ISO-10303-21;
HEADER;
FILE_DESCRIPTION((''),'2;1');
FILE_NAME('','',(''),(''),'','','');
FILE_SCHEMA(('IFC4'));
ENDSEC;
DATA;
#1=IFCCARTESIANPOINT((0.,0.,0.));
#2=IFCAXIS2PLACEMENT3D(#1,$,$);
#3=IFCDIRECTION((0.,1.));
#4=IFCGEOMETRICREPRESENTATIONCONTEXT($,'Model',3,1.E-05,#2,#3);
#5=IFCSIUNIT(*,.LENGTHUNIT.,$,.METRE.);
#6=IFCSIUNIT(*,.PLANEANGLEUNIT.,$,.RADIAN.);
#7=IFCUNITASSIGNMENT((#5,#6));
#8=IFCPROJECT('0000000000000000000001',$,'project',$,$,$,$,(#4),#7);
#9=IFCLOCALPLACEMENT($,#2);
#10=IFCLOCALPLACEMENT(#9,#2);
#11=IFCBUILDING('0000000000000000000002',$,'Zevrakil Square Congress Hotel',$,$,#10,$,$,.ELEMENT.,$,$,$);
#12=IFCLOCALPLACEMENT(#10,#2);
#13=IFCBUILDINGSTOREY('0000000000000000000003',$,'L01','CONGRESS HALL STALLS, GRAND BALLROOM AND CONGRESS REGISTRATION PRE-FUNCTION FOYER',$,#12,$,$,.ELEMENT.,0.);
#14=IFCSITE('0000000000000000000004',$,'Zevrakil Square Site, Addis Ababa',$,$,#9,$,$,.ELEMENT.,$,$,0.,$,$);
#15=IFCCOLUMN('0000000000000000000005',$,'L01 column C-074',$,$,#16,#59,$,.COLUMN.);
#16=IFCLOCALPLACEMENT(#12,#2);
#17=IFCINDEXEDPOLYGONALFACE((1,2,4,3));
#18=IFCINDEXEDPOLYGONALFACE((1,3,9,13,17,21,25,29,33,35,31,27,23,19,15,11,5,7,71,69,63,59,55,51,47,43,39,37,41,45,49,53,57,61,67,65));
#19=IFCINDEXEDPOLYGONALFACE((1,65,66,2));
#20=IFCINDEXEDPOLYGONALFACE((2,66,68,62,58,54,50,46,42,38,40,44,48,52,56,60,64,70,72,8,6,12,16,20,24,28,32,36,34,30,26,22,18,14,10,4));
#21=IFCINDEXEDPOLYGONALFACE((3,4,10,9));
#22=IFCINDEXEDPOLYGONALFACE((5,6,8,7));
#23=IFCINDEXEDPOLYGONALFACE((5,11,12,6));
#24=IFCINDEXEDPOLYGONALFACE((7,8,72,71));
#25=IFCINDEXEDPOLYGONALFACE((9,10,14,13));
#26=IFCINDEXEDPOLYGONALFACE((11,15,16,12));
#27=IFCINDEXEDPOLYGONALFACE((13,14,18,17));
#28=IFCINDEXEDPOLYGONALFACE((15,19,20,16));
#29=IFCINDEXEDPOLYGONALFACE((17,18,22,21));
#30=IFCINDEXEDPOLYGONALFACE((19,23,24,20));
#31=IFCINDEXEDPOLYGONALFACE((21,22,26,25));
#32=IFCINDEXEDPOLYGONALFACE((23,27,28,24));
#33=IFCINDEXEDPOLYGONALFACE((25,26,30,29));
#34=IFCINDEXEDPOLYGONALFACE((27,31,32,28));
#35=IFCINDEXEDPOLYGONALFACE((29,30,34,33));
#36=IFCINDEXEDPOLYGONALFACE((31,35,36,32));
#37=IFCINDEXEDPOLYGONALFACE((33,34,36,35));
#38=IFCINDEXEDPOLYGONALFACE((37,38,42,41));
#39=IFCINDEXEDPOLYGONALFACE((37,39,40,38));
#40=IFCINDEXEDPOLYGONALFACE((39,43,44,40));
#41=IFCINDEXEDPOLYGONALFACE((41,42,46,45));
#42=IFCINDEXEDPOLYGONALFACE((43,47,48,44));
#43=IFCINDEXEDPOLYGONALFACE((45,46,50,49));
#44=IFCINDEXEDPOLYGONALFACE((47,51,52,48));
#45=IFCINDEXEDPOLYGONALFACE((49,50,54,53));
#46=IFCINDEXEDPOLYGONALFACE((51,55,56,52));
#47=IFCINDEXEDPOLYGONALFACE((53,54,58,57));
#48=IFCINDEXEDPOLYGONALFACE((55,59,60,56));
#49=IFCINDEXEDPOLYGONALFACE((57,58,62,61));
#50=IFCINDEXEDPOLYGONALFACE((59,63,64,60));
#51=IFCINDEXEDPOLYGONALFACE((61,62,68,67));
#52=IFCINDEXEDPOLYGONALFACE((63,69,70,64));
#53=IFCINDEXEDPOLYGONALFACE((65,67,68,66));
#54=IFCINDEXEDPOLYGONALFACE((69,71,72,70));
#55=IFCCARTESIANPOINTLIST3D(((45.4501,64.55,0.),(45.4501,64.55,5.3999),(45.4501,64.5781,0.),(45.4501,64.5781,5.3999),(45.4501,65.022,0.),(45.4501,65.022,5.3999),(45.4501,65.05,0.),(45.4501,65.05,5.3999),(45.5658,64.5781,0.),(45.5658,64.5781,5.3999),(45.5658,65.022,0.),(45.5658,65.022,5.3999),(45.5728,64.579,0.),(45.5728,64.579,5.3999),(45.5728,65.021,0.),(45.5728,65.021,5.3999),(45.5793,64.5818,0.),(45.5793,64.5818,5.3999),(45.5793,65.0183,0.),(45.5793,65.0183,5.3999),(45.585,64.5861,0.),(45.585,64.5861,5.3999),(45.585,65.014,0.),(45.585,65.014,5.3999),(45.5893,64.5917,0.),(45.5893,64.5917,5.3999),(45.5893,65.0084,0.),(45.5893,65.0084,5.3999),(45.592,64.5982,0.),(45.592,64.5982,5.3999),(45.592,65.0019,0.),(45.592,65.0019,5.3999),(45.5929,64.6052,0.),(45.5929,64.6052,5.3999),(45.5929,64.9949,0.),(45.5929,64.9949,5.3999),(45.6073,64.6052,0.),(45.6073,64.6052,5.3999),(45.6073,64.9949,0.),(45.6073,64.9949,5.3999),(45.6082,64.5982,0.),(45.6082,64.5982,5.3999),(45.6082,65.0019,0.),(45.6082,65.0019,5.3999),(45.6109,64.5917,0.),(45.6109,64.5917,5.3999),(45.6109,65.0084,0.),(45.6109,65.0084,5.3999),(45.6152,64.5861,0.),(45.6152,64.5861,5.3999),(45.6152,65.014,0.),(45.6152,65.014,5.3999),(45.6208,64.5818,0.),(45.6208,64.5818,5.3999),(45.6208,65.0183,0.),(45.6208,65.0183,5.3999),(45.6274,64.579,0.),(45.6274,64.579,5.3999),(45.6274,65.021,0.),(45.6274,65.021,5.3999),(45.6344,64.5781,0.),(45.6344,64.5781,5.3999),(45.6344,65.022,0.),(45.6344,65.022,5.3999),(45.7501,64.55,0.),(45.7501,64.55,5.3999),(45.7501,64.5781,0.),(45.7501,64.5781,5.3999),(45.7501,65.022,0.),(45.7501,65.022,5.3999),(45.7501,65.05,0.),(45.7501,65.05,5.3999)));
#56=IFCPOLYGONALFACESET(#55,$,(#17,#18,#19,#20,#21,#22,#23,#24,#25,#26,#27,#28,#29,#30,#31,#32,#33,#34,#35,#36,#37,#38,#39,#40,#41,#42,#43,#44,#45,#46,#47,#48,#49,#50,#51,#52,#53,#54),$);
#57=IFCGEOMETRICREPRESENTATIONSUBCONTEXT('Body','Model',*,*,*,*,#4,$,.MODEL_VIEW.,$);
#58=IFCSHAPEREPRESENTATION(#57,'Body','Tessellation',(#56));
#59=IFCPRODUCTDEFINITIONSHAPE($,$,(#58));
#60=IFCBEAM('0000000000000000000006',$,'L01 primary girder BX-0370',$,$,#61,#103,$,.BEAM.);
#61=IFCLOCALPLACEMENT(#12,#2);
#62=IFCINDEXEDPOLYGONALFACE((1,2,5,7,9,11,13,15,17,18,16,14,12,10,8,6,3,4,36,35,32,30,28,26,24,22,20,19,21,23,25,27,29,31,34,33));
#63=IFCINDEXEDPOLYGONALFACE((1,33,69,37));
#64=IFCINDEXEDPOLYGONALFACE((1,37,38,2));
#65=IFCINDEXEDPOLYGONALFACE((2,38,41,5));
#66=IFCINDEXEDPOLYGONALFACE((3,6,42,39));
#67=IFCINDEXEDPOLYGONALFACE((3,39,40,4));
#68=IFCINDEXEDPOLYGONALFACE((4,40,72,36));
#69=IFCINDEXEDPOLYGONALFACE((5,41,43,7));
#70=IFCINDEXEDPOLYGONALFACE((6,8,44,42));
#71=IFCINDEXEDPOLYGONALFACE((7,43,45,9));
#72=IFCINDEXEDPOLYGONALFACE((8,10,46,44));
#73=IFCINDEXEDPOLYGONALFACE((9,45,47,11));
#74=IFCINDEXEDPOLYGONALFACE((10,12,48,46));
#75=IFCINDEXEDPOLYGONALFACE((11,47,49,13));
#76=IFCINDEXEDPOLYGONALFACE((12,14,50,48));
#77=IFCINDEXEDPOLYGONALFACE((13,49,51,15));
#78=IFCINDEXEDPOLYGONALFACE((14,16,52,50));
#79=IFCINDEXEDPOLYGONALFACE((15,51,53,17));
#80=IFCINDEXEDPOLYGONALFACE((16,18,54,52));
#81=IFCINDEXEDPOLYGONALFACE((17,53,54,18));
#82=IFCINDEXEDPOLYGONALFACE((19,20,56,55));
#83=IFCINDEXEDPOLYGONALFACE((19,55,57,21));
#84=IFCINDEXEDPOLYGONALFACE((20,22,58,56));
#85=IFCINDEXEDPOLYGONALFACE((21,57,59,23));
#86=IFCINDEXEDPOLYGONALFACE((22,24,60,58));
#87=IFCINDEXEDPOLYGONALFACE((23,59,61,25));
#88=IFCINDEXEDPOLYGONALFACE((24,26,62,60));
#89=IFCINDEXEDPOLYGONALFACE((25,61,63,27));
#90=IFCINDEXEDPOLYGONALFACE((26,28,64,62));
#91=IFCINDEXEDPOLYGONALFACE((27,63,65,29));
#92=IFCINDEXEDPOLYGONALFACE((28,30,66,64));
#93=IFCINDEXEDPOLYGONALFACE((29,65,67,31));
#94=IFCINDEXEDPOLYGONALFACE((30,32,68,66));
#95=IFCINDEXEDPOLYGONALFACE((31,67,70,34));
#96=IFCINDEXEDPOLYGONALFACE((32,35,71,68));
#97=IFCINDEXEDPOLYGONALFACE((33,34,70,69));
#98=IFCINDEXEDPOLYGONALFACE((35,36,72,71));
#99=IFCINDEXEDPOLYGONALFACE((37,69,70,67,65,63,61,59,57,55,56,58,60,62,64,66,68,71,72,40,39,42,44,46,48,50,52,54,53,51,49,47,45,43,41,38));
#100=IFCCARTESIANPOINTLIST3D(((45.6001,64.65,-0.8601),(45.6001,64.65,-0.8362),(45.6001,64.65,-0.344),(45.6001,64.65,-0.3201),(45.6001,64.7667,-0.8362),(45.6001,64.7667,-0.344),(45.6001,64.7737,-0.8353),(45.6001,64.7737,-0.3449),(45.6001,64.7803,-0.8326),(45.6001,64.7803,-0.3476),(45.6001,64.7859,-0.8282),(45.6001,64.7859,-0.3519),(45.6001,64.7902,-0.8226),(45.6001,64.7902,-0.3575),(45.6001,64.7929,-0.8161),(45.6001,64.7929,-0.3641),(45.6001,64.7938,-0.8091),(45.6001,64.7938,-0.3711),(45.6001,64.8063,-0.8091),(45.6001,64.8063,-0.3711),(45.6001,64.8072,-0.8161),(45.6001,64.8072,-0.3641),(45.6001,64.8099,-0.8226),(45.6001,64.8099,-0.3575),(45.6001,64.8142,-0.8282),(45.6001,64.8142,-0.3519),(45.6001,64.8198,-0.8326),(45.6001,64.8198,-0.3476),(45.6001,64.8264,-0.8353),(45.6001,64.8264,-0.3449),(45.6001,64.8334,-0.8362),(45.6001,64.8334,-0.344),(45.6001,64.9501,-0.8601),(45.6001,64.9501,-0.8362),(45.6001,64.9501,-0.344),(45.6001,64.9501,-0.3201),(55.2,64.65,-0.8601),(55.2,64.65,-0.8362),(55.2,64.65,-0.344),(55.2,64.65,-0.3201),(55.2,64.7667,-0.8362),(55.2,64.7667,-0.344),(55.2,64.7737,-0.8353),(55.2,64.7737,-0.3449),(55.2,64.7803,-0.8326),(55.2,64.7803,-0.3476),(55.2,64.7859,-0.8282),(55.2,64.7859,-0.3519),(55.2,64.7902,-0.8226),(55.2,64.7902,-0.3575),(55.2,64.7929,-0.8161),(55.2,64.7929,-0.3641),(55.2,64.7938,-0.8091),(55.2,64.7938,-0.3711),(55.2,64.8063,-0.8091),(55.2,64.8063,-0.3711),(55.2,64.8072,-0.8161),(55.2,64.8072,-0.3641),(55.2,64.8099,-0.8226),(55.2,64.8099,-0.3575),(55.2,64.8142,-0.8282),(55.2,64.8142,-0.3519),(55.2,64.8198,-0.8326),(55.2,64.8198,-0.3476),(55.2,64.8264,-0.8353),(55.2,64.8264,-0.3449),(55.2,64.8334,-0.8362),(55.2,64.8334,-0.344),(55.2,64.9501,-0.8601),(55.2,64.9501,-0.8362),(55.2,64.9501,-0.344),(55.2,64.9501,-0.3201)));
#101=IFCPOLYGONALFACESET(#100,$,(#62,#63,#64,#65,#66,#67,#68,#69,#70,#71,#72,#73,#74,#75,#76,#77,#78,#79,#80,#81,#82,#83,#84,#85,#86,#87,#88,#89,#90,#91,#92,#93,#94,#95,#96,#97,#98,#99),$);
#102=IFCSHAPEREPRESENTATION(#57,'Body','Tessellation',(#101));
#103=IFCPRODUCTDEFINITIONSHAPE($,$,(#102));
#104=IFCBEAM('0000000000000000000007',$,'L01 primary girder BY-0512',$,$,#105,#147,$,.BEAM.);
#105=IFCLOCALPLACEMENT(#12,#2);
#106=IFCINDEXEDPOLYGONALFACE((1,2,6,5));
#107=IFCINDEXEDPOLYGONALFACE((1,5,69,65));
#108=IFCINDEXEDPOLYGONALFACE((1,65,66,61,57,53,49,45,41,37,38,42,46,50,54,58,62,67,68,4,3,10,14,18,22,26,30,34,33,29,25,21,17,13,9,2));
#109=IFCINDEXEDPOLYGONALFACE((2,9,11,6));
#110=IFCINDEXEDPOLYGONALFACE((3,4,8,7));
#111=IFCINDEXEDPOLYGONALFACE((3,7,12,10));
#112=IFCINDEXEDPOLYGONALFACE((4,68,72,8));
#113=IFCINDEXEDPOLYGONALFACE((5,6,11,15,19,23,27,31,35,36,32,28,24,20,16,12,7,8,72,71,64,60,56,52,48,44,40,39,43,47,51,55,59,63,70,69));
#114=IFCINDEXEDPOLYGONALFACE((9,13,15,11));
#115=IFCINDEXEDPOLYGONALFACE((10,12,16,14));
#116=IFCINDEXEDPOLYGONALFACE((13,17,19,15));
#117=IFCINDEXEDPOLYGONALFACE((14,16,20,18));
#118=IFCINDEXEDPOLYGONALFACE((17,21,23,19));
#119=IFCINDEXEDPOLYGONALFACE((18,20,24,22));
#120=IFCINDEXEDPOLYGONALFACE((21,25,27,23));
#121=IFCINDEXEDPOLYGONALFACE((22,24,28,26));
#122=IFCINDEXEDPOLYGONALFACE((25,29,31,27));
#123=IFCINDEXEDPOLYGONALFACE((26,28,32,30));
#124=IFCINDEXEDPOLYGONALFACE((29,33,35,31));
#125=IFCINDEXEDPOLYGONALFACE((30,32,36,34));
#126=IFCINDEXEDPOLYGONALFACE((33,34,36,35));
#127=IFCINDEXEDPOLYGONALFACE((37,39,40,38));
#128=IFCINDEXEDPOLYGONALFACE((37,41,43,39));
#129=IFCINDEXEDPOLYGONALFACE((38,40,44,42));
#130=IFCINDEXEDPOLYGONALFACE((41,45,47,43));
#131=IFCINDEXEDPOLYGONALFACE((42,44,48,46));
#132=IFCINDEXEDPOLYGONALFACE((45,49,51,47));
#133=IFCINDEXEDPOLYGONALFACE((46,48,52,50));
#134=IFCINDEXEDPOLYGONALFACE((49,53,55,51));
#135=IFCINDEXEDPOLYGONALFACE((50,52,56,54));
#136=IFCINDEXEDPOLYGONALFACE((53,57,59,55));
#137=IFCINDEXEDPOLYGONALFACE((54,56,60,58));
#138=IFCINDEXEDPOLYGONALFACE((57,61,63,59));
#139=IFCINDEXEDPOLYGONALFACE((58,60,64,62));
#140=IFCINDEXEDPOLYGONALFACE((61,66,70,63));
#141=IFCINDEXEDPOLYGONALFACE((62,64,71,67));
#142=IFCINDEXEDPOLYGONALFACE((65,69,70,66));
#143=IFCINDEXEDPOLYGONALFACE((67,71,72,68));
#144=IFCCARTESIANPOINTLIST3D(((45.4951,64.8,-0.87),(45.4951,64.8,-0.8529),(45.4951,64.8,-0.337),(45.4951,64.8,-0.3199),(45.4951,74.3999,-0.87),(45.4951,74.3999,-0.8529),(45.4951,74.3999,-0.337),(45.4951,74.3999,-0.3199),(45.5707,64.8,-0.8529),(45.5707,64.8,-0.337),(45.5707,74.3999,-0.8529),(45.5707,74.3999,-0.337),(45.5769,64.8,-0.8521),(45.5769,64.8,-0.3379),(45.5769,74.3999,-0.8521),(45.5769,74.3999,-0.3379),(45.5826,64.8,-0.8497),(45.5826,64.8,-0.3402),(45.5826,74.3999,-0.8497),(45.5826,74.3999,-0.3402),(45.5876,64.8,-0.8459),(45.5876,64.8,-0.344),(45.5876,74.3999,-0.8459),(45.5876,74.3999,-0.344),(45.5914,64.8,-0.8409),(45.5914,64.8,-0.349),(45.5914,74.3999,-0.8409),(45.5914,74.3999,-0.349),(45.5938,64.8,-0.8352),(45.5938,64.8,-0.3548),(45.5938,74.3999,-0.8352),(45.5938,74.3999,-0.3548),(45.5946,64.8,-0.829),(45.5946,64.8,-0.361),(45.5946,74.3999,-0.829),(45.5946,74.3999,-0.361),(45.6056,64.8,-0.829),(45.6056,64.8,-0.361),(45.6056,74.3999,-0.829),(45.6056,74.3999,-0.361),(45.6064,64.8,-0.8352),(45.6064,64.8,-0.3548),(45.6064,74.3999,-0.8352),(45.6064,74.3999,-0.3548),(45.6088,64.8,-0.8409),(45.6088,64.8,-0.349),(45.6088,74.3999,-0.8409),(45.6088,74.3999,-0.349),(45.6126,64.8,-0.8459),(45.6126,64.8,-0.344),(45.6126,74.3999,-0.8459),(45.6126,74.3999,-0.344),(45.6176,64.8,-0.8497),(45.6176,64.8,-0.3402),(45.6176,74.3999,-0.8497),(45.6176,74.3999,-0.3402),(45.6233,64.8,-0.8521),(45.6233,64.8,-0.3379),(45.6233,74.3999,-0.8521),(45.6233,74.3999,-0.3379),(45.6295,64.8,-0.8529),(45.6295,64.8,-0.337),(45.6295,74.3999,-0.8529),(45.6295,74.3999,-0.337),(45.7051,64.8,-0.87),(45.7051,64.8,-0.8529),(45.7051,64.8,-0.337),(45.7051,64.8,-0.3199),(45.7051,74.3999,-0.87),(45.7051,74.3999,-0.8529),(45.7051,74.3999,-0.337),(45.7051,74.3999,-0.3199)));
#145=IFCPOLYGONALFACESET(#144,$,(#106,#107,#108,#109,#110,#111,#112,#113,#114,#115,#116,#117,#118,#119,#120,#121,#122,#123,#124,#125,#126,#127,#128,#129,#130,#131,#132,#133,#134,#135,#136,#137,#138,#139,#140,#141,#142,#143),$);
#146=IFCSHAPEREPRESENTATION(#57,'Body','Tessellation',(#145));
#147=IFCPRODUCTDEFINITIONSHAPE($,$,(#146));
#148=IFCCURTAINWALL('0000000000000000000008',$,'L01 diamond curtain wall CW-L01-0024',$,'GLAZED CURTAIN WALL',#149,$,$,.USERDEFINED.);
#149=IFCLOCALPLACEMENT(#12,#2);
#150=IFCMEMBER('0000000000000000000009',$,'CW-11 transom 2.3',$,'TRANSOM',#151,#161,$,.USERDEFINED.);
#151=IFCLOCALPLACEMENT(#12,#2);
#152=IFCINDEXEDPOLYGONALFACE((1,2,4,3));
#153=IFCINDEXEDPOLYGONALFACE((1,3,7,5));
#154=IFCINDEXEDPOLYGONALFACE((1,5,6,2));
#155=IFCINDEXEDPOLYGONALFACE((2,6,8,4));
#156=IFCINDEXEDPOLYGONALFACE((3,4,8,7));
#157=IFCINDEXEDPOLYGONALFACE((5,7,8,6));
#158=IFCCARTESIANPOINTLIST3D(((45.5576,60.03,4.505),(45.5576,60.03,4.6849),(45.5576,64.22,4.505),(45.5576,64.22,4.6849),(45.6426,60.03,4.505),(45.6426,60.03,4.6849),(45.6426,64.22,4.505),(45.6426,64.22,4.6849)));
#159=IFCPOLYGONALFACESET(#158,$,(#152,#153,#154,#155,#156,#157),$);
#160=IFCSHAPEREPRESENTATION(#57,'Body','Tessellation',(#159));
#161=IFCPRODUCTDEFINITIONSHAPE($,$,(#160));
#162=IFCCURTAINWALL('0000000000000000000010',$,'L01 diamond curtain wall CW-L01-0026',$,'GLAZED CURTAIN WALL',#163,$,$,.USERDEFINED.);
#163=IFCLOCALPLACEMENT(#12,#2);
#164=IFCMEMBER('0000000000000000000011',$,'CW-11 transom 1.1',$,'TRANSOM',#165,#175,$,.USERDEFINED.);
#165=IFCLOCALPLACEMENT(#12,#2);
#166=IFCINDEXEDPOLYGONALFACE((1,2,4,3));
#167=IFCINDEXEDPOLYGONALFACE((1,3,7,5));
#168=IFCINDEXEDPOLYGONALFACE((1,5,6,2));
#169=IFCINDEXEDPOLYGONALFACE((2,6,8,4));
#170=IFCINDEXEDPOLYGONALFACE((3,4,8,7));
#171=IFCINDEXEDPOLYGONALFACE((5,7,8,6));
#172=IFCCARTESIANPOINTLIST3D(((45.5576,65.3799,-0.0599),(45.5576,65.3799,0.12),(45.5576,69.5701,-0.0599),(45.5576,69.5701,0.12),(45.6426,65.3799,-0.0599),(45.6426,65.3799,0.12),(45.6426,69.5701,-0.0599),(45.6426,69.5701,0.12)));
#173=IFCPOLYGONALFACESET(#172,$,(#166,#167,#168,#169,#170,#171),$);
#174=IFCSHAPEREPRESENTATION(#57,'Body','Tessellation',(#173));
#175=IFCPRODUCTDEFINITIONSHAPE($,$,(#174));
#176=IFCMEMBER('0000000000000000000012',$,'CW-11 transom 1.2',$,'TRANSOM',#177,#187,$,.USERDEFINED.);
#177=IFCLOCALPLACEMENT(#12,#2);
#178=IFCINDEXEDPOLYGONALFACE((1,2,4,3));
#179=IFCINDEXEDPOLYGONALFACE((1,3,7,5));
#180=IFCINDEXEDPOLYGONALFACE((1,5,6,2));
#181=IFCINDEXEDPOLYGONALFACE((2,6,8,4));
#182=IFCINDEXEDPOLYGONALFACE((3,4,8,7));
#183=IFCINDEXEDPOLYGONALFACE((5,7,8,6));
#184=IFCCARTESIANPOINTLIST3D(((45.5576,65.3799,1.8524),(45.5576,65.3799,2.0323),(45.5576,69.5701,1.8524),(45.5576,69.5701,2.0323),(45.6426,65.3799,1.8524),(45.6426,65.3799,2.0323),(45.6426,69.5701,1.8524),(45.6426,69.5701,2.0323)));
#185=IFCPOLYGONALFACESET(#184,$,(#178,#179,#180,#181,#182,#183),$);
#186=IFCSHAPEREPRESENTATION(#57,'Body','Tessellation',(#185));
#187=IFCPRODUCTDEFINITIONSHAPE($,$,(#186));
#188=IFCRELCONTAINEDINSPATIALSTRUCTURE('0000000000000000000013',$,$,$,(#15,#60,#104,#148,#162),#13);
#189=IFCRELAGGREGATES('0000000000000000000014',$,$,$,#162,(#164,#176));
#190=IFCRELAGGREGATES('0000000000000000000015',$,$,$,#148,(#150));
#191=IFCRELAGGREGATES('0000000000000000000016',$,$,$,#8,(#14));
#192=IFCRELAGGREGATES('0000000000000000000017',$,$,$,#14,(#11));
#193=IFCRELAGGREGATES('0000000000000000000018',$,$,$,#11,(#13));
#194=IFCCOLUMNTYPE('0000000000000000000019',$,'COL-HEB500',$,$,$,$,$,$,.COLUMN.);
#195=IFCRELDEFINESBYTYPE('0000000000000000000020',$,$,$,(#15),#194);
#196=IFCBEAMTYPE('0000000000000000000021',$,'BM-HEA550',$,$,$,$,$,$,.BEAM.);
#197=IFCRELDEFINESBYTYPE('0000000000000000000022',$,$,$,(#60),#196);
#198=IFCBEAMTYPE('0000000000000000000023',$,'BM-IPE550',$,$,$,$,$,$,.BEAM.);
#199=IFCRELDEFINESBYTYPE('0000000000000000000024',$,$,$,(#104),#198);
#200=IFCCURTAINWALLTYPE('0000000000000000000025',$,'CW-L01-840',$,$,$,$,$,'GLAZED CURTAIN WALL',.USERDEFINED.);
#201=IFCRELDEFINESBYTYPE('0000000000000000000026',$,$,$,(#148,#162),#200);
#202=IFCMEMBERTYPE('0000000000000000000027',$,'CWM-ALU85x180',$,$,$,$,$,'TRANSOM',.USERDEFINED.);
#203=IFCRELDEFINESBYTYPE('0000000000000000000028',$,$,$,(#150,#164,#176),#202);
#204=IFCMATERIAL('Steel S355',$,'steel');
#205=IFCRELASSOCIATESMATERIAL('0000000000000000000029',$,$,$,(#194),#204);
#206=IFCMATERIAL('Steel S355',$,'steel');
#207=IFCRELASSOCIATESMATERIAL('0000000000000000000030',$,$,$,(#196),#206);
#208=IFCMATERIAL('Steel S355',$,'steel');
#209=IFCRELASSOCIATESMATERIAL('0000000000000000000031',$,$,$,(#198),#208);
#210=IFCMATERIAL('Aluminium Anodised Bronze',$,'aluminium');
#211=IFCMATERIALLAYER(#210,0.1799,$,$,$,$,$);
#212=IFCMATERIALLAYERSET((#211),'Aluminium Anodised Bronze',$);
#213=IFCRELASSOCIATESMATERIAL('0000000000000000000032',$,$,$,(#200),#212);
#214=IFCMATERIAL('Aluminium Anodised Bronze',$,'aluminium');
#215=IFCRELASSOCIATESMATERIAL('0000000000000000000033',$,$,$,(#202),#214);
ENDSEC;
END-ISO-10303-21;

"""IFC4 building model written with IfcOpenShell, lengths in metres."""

from ifc_helpers import new_model, si_unit, direction, frame, origin, origin_2d, place, context, subcontext, project, spatial, rectangle, i_section, extrude, material, layer, layer_set, material_profile, profile_set, type_object, element, aggregate, save


model = new_model("IFC4")

# Units and contexts
model_context = context("Model", 3, precision=1e-05, world=origin(), true_north=direction((0.0, 1.0)))
body_context = subcontext(model_context, "Body", "Model", "MODEL_VIEW")
ifc_project = project(units=[si_unit("LENGTHUNIT", "METRE"), si_unit("PLANEANGLEUNIT", "RADIAN")], contexts=[model_context])

# Site, building, storey
site_placement = place(None, origin())
site = spatial("IfcSite", under=ifc_project, at=site_placement, Name="Zevrakil Square Site, Addis Ababa", CompositionType="ELEMENT", RefElevation=0.0)
building_placement = place(site_placement, origin())
building = spatial("IfcBuilding", under=site, at=building_placement, Name="Zevrakil Square Congress Hotel", CompositionType="ELEMENT")
storey_placement = place(building_placement, origin())
storey = spatial("IfcBuildingStorey", under=building, at=storey_placement, Name="L01", Description="CONGRESS HALL STALLS, GRAND BALLROOM AND CONGRESS REGISTRATION PRE-FUNCTION FOYER", CompositionType="ELEMENT", Elevation=0.0)

# Column
ifc_material_1 = material(Name="Steel S355", Category="steel")
ifc_material_profile_1 = material_profile(ifc_material_1, i_section(OverallWidth=0.3, OverallDepth=0.5, WebThickness=0.0144, FlangeThickness=0.0281, FilletRadius=0.0271, at=origin_2d()), Name="HEB 500")
ifc_profile_set_1 = profile_set([ifc_material_profile_1], Name="Steel S355")
column_type = type_object("IfcColumnType", Name="COL-HEB500", PredefinedType="COLUMN", material=ifc_profile_set_1)
column_placement = place(storey_placement, frame((45.6001, 64.8, 0.0), z_axis=(0.0, 0.0, 1.0), x_axis=(1.0, 0.0, 0.0)))
element("IfcColumn", 1, at=column_placement, inside=storey, type_object=column_type, Name="L01 column C-074", PredefinedType="COLUMN", context=body_context, shape_type="SweptSolid", body=[
    extrude(i_section(OverallWidth=0.3, OverallDepth=0.5, WebThickness=0.0144, FlangeThickness=0.0281, FilletRadius=0.0271, at=origin_2d()), origin(), (0.0, 0.0, 1.0), 5.3999),
])

# Beams
ifc_material_2 = material(Name="Steel S355", Category="steel")
ifc_material_profile_2 = material_profile(ifc_material_2, i_section(OverallWidth=0.3, OverallDepth=0.54, WebThickness=0.0125, FlangeThickness=0.0239, FilletRadius=0.0271, at=origin_2d()), Name="HEA 550")
ifc_profile_set_2 = profile_set([ifc_material_profile_2], Name="Steel S355")
beam_type_1 = type_object("IfcBeamType", Name="BM-HEA550", PredefinedType="BEAM", material=ifc_profile_set_2)
beam_1_placement = place(storey_placement, frame((45.6001, 64.8, -0.5901), z_axis=(1.0, 0.0, 0.0), x_axis=(0.0, 1.0, 0.0)))
element("IfcBeam", 2, at=beam_1_placement, inside=storey, type_object=beam_type_1, Name="L01 primary girder BX-0370", PredefinedType="BEAM", context=body_context, shape_type="SweptSolid", body=[
    extrude(i_section(OverallWidth=0.3, OverallDepth=0.54, WebThickness=0.0125, FlangeThickness=0.0239, FilletRadius=0.0271, at=origin_2d()), origin(), (0.0, 0.0, 1.0), 9.5999),
])
ifc_material_3 = material(Name="Steel S355", Category="steel")
ifc_material_profile_3 = material_profile(ifc_material_3, i_section(OverallWidth=0.21, OverallDepth=0.55, WebThickness=0.011, FlangeThickness=0.0171, FilletRadius=0.0239, at=origin_2d()), Name="IPE 550")
ifc_profile_set_3 = profile_set([ifc_material_profile_3], Name="Steel S355")
beam_type_2 = type_object("IfcBeamType", Name="BM-IPE550", PredefinedType="BEAM", material=ifc_profile_set_3)
beam_2_placement = place(storey_placement, frame((45.6001, 64.8, -0.595), z_axis=(0.0, 1.0, 0.0), x_axis=(-1.0, 0.0, 0.0)))
element("IfcBeam", 3, at=beam_2_placement, inside=storey, type_object=beam_type_2, Name="L01 primary girder BY-0512", PredefinedType="BEAM", context=body_context, shape_type="SweptSolid", body=[
    extrude(i_section(OverallWidth=0.21, OverallDepth=0.55, WebThickness=0.011, FlangeThickness=0.0171, FilletRadius=0.0239, at=origin_2d()), origin(), (0.0, 0.0, 1.0), 9.5999),
])

# Curtain wall, member
ifc_material_4 = material(Name="Aluminium Anodised Bronze", Category="aluminium")
ifc_layer_1 = layer(ifc_material_4, 0.1799)
ifc_layer_set_1 = layer_set([ifc_layer_1], Name="Aluminium Anodised Bronze")
curtain_wall_type = type_object("IfcCurtainWallType", Name="CW-L01-840", ElementType="GLAZED CURTAIN WALL", PredefinedType="USERDEFINED", material=ifc_layer_set_1)
curtain_wall_1_placement = place(storey_placement, origin())
curtain_wall_1 = element("IfcCurtainWall", 4, at=curtain_wall_1_placement, inside=storey, type_object=curtain_wall_type, Name="L01 diamond curtain wall CW-L01-0024", ObjectType="GLAZED CURTAIN WALL", PredefinedType="USERDEFINED")
ifc_material_5 = material(Name="Aluminium Anodised Bronze", Category="aluminium")
ifc_material_profile_4 = material_profile(ifc_material_5, rectangle(XDim=0.085, YDim=0.1799, at=origin_2d()), Name="ALU 85x180")
ifc_profile_set_4 = profile_set([ifc_material_profile_4], Name="Aluminium Anodised Bronze")
member_type_1 = type_object("IfcMemberType", Name="CWM-ALU85x180", ElementType="TRANSOM", PredefinedType="USERDEFINED", material=ifc_profile_set_4)
member_1_placement = place(storey_placement, frame((45.6001, 60.03, 4.595), z_axis=(0.0, 1.0, 0.0), x_axis=(-1.0, 0.0, 0.0)))
member_1 = element("IfcMember", 5, at=member_1_placement, type_object=member_type_1, Name="CW-11 transom 2.3", ObjectType="TRANSOM", PredefinedType="USERDEFINED", context=body_context, shape_type="SweptSolid", body=[
    extrude(rectangle(XDim=0.085, YDim=0.1799, at=origin_2d()), origin(), (0.0, 0.0, 1.0), 4.1899),
])

# Curtain wall, members
curtain_wall_2_placement = place(storey_placement, origin())
curtain_wall_2 = element("IfcCurtainWall", 6, at=curtain_wall_2_placement, inside=storey, type_object=curtain_wall_type, Name="L01 diamond curtain wall CW-L01-0026", ObjectType="GLAZED CURTAIN WALL", PredefinedType="USERDEFINED")
member_2_placement = place(storey_placement, frame((45.6001, 65.3799, 0.03), z_axis=(0.0, 1.0, 0.0), x_axis=(-1.0, 0.0, 0.0)))
member_2 = element("IfcMember", 7, at=member_2_placement, type_object=member_type_1, Name="CW-11 transom 1.1", ObjectType="TRANSOM", PredefinedType="USERDEFINED", context=body_context, shape_type="SweptSolid", body=[
    extrude(rectangle(XDim=0.085, YDim=0.1799, at=origin_2d()), origin(), (0.0, 0.0, 1.0), 4.1902),
])
member_3_placement = place(storey_placement, frame((45.6001, 65.3799, 1.9424), z_axis=(0.0, 1.0, 0.0), x_axis=(-1.0, 0.0, 0.0)))
member_3 = element("IfcMember", 8, at=member_3_placement, type_object=member_type_1, Name="CW-11 transom 1.2", ObjectType="TRANSOM", PredefinedType="USERDEFINED", context=body_context, shape_type="SweptSolid", body=[
    extrude(rectangle(XDim=0.085, YDim=0.1799, at=origin_2d()), origin(), (0.0, 0.0, 1.0), 4.1902),
])

aggregate(curtain_wall_2, [member_2, member_3])
aggregate(curtain_wall_1, [member_1])

save(model, "model.ifc")
